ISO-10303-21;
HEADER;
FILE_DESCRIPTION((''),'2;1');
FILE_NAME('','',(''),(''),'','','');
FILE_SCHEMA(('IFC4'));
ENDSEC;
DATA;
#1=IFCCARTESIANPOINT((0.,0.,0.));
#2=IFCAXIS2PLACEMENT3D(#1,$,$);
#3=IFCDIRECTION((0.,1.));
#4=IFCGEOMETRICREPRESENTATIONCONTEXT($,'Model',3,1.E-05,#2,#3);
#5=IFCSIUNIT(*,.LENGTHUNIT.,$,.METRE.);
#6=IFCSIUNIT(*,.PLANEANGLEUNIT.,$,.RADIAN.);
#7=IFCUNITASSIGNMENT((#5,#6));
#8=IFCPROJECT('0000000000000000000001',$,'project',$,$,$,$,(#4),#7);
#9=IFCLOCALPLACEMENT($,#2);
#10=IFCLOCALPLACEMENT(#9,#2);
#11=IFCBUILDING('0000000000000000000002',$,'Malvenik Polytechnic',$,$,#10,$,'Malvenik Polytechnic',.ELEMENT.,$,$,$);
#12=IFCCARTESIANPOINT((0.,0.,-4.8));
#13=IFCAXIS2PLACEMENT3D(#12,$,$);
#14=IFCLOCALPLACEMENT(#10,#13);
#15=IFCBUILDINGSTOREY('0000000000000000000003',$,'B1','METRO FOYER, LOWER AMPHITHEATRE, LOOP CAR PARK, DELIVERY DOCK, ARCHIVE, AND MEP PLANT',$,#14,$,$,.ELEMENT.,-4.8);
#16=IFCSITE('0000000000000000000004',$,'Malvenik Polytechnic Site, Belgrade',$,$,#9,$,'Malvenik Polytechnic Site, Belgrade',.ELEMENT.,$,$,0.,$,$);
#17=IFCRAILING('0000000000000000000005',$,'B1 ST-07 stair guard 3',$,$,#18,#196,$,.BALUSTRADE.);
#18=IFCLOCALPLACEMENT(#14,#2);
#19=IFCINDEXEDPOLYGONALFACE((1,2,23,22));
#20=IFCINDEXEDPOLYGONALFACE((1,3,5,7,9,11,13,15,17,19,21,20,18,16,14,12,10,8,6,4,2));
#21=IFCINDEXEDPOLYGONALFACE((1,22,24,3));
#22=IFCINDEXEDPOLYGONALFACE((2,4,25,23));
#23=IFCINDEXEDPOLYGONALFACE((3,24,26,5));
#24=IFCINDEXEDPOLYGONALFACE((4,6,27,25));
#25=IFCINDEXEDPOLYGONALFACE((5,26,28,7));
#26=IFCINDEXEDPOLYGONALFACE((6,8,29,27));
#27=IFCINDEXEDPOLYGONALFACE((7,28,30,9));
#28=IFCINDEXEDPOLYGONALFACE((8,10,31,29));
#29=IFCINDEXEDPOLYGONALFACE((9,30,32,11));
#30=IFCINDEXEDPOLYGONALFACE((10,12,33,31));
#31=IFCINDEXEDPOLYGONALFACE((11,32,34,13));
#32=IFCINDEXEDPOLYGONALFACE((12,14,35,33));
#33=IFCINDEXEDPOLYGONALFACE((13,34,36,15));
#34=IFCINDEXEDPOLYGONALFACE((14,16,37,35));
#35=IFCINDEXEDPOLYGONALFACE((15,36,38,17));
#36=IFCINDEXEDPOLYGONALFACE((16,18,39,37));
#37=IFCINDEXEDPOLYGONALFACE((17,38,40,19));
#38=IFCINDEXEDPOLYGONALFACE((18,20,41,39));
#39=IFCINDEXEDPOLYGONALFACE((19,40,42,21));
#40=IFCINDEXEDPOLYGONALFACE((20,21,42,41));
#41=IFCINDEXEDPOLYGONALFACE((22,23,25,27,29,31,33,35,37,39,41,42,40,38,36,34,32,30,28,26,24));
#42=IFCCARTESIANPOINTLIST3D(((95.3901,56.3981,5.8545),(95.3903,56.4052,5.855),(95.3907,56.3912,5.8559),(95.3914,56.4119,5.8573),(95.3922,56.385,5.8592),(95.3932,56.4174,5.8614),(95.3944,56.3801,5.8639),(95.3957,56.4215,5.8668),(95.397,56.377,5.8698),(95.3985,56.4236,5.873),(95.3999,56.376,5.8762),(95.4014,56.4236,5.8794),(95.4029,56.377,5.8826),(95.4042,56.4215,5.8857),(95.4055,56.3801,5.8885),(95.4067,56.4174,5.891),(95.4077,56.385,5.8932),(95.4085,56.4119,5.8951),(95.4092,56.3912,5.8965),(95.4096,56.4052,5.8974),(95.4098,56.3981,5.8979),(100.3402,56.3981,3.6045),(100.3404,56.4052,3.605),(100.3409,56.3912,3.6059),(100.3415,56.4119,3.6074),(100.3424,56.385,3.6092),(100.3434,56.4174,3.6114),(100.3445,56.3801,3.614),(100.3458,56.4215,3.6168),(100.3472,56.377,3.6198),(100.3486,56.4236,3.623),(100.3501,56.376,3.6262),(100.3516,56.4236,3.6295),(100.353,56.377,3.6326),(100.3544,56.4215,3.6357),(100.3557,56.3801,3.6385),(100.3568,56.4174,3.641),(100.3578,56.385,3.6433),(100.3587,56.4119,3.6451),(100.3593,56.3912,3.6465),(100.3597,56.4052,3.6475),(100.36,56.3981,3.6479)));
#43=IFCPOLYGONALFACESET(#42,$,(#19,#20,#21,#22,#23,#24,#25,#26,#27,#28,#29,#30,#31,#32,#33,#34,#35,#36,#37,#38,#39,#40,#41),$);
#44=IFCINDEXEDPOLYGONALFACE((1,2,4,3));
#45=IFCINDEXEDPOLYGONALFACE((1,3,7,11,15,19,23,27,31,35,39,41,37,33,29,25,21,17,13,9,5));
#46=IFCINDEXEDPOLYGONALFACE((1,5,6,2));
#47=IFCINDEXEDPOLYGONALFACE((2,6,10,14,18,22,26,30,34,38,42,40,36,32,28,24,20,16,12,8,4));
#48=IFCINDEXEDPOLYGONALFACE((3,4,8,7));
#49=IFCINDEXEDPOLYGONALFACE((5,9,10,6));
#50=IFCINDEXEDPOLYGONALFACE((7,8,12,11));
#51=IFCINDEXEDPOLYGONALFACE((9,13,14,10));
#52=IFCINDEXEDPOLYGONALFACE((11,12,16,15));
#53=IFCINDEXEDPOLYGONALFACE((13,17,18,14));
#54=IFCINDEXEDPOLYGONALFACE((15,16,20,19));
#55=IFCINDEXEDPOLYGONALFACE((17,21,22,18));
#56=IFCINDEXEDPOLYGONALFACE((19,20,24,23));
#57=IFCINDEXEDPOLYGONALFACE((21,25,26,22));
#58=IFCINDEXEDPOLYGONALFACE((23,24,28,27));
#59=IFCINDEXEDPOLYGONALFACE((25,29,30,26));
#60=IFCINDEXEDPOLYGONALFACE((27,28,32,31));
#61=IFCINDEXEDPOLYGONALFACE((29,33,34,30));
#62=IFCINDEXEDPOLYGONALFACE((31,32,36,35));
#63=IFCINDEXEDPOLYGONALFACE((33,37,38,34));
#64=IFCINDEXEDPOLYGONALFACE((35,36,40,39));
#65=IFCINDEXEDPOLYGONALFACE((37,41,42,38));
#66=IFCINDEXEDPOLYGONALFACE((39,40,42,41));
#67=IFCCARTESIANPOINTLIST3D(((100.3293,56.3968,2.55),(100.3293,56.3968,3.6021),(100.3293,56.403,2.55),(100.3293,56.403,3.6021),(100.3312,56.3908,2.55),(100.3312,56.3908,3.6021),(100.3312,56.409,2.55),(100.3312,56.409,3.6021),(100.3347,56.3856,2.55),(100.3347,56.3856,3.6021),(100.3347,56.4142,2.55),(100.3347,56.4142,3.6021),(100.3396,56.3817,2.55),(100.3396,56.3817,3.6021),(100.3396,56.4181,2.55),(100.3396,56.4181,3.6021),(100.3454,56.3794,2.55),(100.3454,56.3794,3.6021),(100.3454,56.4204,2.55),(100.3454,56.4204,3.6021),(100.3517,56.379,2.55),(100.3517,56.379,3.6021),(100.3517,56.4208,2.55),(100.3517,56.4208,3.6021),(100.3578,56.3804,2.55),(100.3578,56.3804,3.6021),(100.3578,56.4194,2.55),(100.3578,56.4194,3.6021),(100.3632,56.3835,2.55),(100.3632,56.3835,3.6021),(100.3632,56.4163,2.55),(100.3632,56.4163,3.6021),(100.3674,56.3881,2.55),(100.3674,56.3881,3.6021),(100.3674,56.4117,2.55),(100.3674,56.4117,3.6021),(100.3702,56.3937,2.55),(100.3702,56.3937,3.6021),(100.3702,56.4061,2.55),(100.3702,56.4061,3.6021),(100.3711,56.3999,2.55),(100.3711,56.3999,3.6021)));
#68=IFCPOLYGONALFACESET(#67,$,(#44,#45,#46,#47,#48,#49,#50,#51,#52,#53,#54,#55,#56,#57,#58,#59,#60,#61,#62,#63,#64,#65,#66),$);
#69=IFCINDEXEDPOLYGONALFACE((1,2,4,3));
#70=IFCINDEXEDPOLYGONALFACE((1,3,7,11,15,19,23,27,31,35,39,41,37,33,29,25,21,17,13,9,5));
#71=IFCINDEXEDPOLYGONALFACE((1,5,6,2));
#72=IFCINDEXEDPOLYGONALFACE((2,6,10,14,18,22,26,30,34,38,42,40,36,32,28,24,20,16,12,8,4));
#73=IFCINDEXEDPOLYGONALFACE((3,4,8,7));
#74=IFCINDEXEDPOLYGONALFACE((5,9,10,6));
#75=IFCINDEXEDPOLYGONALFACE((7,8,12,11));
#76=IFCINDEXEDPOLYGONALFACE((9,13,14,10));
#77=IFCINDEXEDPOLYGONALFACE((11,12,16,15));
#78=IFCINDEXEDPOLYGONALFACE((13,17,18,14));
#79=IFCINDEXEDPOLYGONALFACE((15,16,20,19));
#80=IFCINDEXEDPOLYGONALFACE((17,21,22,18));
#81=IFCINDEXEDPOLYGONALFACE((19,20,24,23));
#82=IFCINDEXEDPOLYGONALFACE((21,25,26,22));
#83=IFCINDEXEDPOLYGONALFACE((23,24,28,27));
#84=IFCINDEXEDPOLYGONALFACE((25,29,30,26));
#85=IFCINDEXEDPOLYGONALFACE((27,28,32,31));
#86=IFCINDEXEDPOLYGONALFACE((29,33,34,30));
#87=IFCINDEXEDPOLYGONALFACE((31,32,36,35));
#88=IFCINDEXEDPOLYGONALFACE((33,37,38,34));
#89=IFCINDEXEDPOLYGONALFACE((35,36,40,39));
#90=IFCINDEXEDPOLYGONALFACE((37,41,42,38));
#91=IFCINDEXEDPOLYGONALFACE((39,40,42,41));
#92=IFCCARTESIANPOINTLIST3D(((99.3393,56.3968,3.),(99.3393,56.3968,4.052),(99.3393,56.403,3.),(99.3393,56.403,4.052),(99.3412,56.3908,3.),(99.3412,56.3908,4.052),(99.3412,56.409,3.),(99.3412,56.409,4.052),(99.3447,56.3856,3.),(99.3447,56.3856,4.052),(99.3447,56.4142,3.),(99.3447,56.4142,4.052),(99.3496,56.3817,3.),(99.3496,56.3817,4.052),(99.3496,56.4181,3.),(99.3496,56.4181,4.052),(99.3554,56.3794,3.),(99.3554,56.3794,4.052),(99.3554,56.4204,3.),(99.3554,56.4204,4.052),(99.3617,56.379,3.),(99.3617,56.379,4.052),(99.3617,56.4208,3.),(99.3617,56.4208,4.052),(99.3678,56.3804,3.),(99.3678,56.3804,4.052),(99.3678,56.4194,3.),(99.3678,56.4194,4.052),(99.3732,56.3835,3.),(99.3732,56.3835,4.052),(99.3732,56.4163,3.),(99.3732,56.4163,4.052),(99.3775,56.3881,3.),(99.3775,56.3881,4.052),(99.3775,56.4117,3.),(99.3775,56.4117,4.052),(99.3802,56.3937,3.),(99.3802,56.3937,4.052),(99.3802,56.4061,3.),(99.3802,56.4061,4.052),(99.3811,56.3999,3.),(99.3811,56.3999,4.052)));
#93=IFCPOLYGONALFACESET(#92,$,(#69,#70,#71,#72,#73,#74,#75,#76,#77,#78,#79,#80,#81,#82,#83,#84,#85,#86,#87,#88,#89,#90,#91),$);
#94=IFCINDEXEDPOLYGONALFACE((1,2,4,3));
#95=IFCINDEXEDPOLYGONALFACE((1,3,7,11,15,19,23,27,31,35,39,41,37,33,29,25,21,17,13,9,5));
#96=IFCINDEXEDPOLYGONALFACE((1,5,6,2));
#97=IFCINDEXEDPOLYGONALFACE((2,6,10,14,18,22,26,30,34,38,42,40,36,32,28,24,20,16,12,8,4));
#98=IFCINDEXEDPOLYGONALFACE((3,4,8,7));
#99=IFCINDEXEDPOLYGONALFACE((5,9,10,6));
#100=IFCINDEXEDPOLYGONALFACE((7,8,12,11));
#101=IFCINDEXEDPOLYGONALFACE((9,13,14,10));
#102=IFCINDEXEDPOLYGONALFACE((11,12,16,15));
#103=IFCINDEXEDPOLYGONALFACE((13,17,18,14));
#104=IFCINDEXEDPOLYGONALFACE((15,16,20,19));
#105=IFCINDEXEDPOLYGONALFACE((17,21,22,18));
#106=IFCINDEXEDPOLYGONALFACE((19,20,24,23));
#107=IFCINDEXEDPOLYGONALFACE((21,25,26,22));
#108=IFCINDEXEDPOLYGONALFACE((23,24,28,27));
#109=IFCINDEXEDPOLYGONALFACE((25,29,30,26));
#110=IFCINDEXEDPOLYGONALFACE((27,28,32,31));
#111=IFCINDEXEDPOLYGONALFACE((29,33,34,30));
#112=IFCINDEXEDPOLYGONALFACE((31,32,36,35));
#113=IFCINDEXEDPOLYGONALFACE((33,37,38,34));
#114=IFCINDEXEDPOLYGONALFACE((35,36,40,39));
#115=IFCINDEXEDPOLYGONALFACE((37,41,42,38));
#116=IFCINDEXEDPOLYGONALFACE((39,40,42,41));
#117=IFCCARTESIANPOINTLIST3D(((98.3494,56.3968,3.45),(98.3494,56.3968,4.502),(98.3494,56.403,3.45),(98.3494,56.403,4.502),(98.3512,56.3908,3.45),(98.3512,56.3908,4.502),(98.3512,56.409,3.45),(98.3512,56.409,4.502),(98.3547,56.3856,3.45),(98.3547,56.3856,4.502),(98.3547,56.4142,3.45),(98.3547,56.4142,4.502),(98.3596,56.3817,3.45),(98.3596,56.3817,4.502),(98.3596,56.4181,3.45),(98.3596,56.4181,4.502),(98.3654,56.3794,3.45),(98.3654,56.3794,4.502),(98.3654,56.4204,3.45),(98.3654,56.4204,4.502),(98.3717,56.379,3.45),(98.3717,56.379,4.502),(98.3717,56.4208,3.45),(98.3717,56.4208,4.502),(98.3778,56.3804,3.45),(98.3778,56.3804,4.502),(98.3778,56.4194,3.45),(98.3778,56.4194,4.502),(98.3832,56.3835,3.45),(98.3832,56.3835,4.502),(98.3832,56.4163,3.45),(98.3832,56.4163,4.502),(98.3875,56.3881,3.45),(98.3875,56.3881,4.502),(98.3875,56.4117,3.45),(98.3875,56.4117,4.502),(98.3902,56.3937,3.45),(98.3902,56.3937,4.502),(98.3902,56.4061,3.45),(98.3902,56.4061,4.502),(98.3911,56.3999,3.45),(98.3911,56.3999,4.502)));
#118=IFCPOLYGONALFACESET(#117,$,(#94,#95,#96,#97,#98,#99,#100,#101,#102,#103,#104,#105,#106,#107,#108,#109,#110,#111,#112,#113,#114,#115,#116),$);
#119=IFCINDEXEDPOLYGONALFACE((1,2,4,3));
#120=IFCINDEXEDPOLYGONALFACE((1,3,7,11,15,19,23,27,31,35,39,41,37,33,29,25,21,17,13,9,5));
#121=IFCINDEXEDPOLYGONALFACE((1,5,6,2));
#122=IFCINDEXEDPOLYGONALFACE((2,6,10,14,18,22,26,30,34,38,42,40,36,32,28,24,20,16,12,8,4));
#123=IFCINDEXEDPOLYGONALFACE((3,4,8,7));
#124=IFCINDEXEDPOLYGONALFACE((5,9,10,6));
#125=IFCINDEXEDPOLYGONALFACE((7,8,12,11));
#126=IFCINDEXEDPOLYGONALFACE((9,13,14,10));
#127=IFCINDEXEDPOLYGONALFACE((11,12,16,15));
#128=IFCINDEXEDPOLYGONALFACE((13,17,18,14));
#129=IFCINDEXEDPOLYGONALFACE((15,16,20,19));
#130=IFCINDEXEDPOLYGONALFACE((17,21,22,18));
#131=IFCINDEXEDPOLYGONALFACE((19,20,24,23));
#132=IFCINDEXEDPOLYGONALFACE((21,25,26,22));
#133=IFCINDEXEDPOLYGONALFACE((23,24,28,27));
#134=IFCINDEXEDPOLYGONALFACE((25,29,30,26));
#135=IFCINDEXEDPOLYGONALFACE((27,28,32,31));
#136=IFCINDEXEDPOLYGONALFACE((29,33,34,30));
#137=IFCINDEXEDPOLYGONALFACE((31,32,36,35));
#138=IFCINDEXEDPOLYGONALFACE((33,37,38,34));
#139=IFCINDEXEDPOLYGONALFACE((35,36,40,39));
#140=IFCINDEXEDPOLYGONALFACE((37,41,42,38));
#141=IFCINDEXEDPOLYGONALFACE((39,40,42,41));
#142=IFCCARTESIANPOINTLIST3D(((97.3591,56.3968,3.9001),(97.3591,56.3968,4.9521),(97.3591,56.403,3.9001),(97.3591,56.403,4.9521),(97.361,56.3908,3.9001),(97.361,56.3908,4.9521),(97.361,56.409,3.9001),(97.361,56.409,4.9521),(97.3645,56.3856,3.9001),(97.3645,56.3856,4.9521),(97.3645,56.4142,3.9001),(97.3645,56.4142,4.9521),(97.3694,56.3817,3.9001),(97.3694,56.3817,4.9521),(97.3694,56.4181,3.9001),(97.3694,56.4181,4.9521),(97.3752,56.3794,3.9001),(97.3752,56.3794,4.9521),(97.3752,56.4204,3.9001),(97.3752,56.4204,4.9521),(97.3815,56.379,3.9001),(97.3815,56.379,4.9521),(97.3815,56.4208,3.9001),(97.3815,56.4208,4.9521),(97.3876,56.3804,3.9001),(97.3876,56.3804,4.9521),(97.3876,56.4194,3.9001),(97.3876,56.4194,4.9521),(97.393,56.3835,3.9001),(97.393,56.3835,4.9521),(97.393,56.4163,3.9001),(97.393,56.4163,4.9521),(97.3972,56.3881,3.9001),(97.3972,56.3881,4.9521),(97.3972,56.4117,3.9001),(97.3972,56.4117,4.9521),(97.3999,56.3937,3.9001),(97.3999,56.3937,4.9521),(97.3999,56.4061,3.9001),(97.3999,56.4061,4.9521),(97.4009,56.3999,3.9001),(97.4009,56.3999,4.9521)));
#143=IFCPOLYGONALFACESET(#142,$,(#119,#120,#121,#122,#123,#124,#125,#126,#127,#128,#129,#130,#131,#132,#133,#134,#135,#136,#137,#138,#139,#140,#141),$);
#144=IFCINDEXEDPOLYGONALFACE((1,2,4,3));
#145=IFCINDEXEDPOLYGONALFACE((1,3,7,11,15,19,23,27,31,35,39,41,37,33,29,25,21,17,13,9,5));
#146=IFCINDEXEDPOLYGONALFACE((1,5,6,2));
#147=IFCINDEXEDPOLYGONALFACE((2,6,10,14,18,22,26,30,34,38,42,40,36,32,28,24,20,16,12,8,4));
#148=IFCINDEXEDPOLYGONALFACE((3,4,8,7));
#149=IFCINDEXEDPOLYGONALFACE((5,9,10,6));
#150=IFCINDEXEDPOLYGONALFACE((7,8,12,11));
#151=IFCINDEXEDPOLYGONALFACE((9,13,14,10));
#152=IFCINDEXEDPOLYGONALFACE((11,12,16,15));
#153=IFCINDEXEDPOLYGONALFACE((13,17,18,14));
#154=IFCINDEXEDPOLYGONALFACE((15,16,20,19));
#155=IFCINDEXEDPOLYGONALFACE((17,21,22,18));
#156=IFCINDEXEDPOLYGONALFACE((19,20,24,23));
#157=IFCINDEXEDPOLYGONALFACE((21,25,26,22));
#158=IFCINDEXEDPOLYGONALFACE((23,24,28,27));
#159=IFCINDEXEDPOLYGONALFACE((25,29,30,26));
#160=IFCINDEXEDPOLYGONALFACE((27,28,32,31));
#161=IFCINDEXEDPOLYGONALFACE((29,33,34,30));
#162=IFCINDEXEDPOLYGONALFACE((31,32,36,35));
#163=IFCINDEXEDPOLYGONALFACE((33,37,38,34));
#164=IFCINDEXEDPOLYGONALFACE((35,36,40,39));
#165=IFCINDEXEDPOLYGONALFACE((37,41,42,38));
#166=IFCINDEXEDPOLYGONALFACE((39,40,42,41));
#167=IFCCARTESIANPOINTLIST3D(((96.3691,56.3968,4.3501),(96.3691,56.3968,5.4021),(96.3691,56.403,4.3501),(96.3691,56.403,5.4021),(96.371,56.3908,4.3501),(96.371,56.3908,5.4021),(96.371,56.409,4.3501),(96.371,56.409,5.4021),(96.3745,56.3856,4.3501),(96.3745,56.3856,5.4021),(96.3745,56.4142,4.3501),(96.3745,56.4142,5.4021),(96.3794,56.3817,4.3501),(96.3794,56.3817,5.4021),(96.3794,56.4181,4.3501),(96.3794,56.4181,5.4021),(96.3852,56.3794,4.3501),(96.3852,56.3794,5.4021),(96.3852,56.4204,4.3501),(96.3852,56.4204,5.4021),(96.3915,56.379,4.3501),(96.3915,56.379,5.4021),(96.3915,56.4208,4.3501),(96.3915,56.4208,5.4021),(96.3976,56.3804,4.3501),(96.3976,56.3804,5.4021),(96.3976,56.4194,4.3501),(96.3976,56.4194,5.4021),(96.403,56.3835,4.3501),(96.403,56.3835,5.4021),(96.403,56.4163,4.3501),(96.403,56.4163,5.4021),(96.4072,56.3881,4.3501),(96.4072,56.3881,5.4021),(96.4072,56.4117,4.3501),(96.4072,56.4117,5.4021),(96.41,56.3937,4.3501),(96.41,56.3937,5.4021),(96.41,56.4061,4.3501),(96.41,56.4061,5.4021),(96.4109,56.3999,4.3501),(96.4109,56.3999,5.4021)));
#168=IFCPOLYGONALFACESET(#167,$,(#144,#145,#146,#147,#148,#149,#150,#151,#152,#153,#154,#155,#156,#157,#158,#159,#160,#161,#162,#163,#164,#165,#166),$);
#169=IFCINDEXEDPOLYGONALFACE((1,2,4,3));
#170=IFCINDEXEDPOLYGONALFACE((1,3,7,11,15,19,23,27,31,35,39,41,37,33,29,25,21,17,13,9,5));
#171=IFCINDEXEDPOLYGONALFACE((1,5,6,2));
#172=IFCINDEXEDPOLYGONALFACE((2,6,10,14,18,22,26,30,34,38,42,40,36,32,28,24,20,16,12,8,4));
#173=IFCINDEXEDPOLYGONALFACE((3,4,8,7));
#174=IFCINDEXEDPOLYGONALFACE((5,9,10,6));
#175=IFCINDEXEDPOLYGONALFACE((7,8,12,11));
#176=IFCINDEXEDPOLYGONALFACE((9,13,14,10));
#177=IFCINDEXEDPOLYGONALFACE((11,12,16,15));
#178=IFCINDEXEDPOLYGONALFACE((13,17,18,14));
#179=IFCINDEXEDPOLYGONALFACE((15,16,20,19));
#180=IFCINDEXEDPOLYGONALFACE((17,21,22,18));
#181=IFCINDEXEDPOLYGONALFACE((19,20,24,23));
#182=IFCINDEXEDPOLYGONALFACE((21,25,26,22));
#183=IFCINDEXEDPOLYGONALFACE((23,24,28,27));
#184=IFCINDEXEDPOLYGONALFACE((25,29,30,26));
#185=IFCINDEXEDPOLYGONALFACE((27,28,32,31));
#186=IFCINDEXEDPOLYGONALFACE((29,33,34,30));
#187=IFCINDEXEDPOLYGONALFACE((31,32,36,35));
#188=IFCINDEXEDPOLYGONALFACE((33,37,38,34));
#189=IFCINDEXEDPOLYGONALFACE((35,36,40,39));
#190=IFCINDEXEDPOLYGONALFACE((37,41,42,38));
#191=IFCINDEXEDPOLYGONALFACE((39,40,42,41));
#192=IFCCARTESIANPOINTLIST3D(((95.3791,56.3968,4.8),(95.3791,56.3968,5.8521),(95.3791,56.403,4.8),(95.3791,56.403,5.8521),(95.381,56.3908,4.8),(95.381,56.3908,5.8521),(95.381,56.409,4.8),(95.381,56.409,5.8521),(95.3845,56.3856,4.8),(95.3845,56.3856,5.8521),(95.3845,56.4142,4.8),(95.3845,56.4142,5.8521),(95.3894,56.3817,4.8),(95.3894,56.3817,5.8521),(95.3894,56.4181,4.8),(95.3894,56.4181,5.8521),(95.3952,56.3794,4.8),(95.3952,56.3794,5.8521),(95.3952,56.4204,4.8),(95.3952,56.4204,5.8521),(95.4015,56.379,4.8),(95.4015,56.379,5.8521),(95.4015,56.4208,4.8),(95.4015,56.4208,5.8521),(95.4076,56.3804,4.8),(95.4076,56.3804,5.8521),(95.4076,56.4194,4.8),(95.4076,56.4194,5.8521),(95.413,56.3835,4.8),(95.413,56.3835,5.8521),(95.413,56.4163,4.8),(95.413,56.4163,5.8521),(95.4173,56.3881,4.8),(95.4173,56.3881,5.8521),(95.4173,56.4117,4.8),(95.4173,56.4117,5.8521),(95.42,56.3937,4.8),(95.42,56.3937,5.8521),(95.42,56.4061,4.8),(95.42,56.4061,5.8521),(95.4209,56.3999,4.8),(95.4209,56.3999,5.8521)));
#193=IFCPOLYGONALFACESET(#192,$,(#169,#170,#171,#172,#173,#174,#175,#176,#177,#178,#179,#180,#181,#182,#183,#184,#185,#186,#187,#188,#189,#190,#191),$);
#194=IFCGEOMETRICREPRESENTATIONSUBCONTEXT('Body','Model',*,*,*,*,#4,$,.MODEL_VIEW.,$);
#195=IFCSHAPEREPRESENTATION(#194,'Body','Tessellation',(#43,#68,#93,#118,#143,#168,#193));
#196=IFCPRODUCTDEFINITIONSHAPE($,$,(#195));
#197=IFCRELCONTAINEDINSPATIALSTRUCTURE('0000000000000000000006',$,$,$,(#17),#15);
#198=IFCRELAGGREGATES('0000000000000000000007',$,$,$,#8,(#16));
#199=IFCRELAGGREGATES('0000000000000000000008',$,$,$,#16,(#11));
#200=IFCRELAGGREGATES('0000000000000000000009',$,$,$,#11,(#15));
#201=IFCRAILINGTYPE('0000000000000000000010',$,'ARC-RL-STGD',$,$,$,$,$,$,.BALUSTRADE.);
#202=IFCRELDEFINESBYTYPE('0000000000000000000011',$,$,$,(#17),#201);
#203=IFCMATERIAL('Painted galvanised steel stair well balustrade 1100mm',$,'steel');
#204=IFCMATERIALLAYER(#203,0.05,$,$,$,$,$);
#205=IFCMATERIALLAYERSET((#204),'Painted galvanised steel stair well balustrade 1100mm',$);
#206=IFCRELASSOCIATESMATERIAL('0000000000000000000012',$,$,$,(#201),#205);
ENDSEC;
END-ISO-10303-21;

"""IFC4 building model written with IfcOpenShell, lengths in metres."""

from ifc_helpers import new_model, si_unit, direction, frame, origin, origin_2d, place, context, subcontext, project, spatial, circle, extrude, material, layer, layer_set, type_object, element, save


model = new_model("IFC4")

# Units and contexts
model_context = context("Model", 3, precision=1e-05, world=origin(), true_north=direction((0.0, 1.0)))
body_context = subcontext(model_context, "Body", "Model", "MODEL_VIEW")
ifc_project = project(units=[si_unit("LENGTHUNIT", "METRE"), si_unit("PLANEANGLEUNIT", "RADIAN")], contexts=[model_context])

# Site, building, storey
site_placement = place(None, origin())
site = spatial("IfcSite", under=ifc_project, at=site_placement, Name="Malvenik Polytechnic Site, Belgrade", LongName="Malvenik Polytechnic Site, Belgrade", CompositionType="ELEMENT", RefElevation=0.0)
building_placement = place(site_placement, origin())
building = spatial("IfcBuilding", under=site, at=building_placement, Name="Malvenik Polytechnic", LongName="Malvenik Polytechnic", CompositionType="ELEMENT")
storey_placement = place(building_placement, frame((0.0, 0.0, -4.8)))
storey = spatial("IfcBuildingStorey", under=building, at=storey_placement, Name="B1", Description="METRO FOYER, LOWER AMPHITHEATRE, LOOP CAR PARK, DELIVERY DOCK, ARCHIVE, AND MEP PLANT", CompositionType="ELEMENT", Elevation=-4.8)

# Railing
ifc_material_1 = material(Name="Painted galvanised steel stair well balustrade 1100mm", Category="steel")
ifc_layer_1 = layer(ifc_material_1, 0.05)
ifc_layer_set_1 = layer_set([ifc_layer_1], Name="Painted galvanised steel stair well balustrade 1100mm")
railing_type_1 = type_object("IfcRailingType", Name="ARC-RL-STGD", PredefinedType="BALUSTRADE", material=ifc_layer_set_1)
railing_1_placement = place(storey_placement, frame((100.3501, 56.3999, 2.55)))
element("IfcRailing", 1, at=railing_1_placement, inside=storey, type_object=railing_type_1, Name="B1 ST-07 stair guard 3", PredefinedType="BALUSTRADE", context=body_context, shape_type="SweptSolid", body=[
    extrude(circle(Radius=0.0239, at=origin_2d()), frame((0.0, 0.0, 1.0762), z_axis=(-0.910373, 0.0, 0.413789), x_axis=(0.0, -1.0, 0.0)), (0.0, 0.0, 1.0), 5.4375),
    extrude(circle(Radius=0.021, at=origin_2d()), origin(), (0.0, 0.0, 1.0), 1.052),
    extrude(circle(Radius=0.021, at=origin_2d()), frame((-0.99, 0.0, 0.45)), (0.0, 0.0, 1.0), 1.052),
    extrude(circle(Radius=0.021, at=origin_2d()), frame((-1.98, 0.0, 0.8999)), (0.0, 0.0, 1.0), 1.052),
    extrude(circle(Radius=0.021, at=origin_2d()), frame((-2.9702, 0.0, 1.3501)), (0.0, 0.0, 1.0), 1.052),
    extrude(circle(Radius=0.021, at=origin_2d()), frame((-3.9602, 0.0, 1.8)), (0.0, 0.0, 1.0), 1.052),
    extrude(circle(Radius=0.021, at=origin_2d()), frame((-4.9502, 0.0, 2.25)), (0.0, 0.0, 1.0), 1.052),
])

save(model, "model.ifc")
